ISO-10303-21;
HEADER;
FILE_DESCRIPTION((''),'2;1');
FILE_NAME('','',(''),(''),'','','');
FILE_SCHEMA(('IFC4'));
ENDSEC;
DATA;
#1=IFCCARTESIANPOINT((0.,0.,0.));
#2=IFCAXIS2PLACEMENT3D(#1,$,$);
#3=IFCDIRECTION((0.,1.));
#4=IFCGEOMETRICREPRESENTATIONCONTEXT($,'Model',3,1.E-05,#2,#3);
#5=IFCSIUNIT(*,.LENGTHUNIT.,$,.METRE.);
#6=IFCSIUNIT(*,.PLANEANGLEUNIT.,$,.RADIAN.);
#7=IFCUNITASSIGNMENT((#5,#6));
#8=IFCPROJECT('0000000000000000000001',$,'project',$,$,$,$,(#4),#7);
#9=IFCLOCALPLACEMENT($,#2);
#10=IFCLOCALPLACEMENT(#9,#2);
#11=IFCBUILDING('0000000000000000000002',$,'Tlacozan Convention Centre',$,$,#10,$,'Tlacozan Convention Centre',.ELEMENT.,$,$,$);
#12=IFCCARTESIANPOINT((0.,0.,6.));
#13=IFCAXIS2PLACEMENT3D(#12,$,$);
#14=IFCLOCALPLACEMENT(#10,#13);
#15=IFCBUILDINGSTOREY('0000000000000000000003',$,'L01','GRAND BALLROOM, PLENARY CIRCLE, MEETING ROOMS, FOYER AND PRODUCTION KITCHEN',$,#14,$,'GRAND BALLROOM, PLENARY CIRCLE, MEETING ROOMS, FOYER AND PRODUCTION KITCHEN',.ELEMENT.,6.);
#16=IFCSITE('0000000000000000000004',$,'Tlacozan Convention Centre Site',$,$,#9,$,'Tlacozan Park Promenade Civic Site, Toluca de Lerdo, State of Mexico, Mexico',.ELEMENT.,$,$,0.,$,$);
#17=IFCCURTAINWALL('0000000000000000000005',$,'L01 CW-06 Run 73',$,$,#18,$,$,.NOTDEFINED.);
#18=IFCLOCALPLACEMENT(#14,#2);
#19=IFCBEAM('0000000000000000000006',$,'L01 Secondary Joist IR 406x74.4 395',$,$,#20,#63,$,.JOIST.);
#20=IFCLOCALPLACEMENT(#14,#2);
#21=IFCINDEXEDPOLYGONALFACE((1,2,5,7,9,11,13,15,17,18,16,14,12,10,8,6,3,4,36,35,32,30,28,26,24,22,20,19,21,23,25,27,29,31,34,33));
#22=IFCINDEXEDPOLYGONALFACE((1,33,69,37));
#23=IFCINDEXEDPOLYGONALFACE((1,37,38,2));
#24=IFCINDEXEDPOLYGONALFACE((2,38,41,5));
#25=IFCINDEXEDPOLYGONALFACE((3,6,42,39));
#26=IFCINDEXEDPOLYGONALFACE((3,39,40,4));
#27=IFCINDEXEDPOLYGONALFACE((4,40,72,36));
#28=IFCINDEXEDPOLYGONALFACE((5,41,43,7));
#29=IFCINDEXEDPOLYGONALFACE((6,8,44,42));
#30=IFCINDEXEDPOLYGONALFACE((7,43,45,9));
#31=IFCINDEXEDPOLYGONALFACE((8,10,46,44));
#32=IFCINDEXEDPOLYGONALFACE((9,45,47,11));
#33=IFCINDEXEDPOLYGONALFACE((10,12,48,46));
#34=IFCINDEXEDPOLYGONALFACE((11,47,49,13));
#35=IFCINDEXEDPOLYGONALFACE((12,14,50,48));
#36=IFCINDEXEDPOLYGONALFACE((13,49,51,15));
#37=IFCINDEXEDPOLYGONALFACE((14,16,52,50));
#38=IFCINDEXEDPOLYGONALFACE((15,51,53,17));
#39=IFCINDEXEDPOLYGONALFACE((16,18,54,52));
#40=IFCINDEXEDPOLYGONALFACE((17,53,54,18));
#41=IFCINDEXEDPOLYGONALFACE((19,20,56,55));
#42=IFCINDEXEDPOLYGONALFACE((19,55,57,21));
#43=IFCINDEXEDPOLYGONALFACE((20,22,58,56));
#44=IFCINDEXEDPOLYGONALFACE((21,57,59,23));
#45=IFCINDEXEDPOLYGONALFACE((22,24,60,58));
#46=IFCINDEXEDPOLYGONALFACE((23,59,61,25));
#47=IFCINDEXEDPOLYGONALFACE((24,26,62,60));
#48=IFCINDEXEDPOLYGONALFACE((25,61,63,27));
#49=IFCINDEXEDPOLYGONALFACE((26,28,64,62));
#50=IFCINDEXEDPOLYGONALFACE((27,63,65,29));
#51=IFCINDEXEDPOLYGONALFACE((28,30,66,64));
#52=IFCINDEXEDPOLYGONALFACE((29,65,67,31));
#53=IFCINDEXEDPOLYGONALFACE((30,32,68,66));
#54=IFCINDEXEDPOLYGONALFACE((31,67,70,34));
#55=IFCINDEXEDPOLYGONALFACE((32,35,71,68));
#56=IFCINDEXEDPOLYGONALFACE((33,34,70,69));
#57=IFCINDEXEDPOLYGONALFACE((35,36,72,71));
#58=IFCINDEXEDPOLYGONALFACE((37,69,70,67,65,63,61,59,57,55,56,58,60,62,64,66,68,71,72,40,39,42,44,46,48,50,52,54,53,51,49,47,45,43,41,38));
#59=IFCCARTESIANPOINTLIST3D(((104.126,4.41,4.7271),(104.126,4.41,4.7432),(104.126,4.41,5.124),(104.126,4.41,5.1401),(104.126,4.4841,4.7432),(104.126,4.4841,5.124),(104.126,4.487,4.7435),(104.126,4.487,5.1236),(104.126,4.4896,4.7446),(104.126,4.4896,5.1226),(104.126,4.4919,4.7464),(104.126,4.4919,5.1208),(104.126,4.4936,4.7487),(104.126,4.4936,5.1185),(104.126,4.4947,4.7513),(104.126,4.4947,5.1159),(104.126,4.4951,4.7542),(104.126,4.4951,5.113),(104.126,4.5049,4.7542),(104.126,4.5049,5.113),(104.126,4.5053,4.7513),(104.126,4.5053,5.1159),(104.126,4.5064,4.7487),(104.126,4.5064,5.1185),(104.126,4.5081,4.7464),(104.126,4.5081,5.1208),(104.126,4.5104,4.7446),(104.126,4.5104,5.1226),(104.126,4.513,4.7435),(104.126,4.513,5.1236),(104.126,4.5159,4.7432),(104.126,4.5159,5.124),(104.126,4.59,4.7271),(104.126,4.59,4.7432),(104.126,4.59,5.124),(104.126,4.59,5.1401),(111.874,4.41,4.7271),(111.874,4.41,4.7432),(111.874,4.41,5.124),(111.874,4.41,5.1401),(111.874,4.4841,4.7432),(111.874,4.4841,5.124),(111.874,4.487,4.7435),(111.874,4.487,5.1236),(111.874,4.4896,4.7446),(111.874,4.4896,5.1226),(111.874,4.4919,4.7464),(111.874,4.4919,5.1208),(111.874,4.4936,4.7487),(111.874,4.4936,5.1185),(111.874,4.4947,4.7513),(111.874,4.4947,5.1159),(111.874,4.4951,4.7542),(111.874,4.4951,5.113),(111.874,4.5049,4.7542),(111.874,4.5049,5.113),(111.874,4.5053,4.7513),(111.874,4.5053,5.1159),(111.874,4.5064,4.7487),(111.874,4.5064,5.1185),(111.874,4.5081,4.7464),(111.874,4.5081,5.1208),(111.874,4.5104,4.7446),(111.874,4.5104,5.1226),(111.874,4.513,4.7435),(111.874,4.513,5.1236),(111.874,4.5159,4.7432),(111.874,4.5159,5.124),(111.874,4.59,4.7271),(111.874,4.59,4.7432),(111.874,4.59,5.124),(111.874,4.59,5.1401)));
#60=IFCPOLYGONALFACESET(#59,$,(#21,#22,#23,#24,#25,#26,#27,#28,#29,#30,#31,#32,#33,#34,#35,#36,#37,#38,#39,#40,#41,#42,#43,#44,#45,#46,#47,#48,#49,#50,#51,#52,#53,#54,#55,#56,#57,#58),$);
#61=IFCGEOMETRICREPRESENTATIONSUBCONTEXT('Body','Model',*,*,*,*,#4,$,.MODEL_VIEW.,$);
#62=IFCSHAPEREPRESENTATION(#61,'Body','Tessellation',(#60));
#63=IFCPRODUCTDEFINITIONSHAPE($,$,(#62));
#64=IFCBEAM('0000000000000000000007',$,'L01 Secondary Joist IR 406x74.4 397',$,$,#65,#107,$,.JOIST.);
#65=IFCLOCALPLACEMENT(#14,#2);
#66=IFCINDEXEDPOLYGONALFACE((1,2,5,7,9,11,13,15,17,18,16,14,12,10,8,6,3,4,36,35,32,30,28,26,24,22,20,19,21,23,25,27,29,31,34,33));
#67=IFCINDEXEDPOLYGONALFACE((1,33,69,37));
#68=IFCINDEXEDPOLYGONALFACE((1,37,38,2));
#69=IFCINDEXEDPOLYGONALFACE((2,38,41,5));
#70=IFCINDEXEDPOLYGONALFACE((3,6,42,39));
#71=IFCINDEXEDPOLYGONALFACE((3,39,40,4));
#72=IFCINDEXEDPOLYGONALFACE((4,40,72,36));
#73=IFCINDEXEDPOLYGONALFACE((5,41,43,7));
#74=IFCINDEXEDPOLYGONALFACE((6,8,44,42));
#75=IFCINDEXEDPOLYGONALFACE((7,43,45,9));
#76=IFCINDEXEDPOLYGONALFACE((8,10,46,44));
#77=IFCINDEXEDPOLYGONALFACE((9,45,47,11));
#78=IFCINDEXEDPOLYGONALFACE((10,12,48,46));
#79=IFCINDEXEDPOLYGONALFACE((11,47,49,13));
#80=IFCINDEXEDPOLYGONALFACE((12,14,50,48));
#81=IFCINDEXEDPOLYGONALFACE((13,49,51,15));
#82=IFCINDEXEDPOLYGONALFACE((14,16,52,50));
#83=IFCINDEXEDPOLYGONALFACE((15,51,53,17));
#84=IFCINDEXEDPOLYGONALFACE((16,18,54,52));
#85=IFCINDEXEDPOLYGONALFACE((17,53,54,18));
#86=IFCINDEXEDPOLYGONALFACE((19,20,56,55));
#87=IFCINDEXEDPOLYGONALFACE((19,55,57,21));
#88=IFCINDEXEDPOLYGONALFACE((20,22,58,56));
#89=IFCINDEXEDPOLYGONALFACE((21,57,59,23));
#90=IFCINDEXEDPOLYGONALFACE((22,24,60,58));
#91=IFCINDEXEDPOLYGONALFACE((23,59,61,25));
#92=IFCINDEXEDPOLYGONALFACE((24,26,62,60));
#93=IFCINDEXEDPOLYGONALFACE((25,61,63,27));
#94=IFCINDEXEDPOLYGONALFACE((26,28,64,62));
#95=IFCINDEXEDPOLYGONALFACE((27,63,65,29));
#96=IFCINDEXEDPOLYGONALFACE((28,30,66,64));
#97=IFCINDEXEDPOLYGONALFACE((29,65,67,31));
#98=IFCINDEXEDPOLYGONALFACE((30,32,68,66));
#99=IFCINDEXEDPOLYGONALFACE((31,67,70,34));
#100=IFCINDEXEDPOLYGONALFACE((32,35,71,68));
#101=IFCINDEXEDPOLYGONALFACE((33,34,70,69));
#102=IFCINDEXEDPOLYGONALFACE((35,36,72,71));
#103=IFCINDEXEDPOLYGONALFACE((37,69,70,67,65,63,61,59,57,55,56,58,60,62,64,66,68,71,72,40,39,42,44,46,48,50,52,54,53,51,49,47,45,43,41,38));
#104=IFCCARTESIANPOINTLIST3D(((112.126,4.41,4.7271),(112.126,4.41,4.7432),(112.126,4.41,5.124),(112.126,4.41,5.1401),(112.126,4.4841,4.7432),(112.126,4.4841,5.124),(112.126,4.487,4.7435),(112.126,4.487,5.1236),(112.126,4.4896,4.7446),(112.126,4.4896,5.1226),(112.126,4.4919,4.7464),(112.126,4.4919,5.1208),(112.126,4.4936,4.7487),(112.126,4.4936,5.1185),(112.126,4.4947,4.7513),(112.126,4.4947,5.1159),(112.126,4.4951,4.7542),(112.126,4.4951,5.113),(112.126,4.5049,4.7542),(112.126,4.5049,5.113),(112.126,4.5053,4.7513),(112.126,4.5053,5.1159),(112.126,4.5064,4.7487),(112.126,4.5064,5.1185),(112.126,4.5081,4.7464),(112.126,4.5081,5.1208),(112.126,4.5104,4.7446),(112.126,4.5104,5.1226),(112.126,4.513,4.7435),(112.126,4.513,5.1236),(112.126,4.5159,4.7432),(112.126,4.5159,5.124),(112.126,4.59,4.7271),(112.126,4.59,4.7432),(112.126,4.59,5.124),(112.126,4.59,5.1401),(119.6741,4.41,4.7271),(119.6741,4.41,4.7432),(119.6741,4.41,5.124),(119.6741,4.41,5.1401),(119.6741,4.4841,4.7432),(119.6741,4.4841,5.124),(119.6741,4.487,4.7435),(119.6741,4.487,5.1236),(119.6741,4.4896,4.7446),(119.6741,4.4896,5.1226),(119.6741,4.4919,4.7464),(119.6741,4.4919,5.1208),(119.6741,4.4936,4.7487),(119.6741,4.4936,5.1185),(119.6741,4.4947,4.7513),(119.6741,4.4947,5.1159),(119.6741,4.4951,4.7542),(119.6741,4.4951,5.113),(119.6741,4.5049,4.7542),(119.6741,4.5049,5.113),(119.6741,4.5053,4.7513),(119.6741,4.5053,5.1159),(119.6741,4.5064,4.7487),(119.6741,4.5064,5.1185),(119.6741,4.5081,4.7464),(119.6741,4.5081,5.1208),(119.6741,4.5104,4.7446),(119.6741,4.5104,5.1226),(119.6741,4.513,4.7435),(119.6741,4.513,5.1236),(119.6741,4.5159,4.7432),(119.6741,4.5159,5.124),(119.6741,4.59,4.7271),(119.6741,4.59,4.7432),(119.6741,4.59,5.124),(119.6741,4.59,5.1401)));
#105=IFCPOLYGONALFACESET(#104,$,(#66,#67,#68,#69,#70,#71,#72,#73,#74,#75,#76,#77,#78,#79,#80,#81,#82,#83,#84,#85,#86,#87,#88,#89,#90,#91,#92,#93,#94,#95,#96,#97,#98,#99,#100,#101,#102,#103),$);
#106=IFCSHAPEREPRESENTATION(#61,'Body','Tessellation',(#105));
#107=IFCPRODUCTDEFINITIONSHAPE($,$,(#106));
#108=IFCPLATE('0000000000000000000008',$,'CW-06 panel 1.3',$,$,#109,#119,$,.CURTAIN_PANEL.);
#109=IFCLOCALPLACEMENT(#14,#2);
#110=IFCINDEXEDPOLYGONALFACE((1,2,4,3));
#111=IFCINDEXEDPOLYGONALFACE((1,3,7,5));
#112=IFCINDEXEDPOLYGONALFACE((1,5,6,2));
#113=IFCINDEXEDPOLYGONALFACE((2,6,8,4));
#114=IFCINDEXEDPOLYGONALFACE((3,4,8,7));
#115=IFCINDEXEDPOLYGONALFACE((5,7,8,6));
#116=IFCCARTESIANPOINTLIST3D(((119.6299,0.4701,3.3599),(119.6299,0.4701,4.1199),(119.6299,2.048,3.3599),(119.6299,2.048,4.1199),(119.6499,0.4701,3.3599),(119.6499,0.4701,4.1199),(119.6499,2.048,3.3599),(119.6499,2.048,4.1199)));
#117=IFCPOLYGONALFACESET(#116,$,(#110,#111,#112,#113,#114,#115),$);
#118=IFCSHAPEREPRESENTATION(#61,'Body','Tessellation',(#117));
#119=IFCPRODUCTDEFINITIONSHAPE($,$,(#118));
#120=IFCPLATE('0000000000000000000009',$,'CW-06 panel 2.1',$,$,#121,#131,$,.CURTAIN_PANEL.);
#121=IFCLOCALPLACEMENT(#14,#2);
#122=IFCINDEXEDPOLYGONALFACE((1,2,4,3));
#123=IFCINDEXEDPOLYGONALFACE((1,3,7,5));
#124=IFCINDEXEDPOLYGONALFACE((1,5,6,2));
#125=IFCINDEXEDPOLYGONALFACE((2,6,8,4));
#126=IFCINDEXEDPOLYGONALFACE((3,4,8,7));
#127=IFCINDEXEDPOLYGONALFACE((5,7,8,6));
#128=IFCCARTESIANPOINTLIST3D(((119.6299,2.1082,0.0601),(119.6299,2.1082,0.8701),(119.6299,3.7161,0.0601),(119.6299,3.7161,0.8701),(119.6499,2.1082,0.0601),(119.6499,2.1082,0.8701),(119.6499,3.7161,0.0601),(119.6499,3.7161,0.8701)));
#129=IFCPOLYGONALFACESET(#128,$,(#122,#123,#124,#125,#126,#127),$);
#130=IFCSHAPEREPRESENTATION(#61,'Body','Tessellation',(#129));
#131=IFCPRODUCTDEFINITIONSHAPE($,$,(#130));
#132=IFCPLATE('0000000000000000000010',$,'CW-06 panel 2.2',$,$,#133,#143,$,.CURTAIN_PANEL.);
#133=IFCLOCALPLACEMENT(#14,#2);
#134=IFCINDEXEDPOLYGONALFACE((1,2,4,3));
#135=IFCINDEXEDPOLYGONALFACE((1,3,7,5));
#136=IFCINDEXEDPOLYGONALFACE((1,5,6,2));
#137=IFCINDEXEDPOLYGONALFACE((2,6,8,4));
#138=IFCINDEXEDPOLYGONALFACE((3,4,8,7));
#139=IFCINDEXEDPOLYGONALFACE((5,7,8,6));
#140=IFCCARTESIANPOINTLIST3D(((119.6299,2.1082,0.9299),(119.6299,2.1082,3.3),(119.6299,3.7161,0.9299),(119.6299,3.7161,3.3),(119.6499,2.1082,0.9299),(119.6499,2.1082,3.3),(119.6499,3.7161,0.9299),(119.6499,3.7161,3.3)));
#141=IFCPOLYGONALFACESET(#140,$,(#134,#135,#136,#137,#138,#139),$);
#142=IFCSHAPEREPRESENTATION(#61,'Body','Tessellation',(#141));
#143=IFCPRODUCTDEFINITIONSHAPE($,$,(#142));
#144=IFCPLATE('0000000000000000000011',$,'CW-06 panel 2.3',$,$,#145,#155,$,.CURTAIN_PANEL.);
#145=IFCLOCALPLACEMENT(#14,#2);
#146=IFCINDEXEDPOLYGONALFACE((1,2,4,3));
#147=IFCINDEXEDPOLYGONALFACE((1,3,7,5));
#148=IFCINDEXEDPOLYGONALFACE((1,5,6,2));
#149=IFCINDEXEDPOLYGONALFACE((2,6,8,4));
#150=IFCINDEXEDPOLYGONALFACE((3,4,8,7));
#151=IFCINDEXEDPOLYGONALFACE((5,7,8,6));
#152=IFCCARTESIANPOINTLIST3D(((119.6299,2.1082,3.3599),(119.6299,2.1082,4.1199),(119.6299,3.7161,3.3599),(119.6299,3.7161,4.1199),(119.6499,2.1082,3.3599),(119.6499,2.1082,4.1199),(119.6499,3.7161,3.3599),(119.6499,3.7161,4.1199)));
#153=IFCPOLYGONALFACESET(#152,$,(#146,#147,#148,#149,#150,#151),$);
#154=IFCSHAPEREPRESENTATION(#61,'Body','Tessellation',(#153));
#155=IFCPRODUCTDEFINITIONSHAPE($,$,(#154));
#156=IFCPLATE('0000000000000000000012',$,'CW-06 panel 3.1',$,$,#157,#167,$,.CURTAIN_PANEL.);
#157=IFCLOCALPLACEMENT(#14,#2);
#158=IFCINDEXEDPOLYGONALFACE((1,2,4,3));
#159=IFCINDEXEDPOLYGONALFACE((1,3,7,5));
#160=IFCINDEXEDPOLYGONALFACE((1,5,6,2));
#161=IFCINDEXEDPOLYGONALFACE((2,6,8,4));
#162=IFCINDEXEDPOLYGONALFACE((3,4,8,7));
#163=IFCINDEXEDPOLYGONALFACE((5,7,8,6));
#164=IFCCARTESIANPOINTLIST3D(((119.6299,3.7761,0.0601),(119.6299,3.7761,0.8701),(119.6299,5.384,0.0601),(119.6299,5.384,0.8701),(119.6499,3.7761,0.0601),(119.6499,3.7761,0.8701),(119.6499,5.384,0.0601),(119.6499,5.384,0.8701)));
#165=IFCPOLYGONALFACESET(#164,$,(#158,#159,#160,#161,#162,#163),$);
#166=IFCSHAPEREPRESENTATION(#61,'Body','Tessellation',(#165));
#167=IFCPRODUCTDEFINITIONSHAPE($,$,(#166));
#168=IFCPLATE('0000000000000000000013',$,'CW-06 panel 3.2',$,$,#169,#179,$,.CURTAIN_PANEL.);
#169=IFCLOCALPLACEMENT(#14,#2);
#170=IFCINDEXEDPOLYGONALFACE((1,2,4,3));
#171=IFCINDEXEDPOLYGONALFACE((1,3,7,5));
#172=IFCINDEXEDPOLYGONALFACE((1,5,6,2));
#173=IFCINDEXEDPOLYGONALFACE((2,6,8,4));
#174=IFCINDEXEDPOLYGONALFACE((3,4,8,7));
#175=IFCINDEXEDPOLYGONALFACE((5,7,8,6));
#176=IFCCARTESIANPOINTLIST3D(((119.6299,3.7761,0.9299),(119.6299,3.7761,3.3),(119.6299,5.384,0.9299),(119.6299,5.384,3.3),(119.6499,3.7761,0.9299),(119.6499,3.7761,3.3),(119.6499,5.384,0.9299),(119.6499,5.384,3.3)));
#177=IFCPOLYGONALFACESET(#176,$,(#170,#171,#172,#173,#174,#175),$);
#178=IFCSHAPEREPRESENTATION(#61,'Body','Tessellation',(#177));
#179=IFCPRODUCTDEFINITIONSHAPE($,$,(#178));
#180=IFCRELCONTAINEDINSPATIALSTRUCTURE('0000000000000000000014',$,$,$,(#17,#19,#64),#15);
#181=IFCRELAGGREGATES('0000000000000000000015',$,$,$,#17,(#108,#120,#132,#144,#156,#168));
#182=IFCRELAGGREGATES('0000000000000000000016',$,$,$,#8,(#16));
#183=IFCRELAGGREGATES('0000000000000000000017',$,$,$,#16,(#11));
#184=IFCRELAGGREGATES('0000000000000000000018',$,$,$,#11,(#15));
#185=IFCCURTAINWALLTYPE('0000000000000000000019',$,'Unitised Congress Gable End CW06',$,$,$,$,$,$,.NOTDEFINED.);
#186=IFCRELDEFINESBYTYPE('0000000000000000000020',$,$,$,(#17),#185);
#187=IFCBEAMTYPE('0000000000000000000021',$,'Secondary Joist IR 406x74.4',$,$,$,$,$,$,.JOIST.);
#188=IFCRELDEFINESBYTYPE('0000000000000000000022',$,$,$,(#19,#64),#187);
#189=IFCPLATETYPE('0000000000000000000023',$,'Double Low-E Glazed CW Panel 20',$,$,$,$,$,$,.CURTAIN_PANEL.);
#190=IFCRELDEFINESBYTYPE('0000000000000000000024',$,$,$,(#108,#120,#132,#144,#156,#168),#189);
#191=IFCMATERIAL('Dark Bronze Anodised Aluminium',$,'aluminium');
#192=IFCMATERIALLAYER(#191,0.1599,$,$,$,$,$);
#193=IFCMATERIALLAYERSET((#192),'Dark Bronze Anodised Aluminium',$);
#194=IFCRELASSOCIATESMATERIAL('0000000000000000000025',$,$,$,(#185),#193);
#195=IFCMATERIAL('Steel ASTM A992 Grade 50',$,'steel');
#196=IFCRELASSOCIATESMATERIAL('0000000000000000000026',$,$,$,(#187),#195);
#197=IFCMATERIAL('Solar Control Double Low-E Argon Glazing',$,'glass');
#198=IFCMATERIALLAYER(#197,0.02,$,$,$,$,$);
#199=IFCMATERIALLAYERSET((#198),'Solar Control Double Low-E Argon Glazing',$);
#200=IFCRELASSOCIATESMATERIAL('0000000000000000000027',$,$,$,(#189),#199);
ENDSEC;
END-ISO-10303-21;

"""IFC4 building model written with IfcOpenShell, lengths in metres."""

from ifc_helpers import new_model, si_unit, direction, frame, origin, origin_2d, place, context, subcontext, project, spatial, rectangle, i_section, extrude, material, layer, layer_set, material_profile, profile_set, type_object, element, aggregate, save


model = new_model("IFC4")

# Units and contexts
model_context = context("Model", 3, precision=1e-05, world=origin(), true_north=direction((0.0, 1.0)))
body_context = subcontext(model_context, "Body", "Model", "MODEL_VIEW")
ifc_project = project(units=[si_unit("LENGTHUNIT", "METRE"), si_unit("PLANEANGLEUNIT", "RADIAN")], contexts=[model_context])

# Site, building, storey
site_placement = place(None, origin())
site = spatial("IfcSite", under=ifc_project, at=site_placement, Name="Tlacozan Convention Centre Site", LongName="Tlacozan Park Promenade Civic Site, Toluca de Lerdo, State of Mexico, Mexico", CompositionType="ELEMENT", RefElevation=0.0)
building_placement = place(site_placement, origin())
building = spatial("IfcBuilding", under=site, at=building_placement, Name="Tlacozan Convention Centre", LongName="Tlacozan Convention Centre", CompositionType="ELEMENT")
storey_placement = place(building_placement, frame((0.0, 0.0, 6.0)))
storey = spatial("IfcBuildingStorey", under=building, at=storey_placement, Name="L01", Description="GRAND BALLROOM, PLENARY CIRCLE, MEETING ROOMS, FOYER AND PRODUCTION KITCHEN", LongName="GRAND BALLROOM, PLENARY CIRCLE, MEETING ROOMS, FOYER AND PRODUCTION KITCHEN", CompositionType="ELEMENT", Elevation=6.0)

# Shared definitions
ifc_material_1 = material(Name="Steel ASTM A992 Grade 50", Category="steel")

# Curtain wall
ifc_material_2 = material(Name="Dark Bronze Anodised Aluminium", Category="aluminium")
ifc_layer_1 = layer(ifc_material_2, 0.1599)
ifc_layer_set_1 = layer_set([ifc_layer_1], Name="Dark Bronze Anodised Aluminium")
curtain_wall_type = type_object("IfcCurtainWallType", Name="Unitised Congress Gable End CW06", PredefinedType="NOTDEFINED", material=ifc_layer_set_1)
curtain_wall_placement = place(storey_placement, origin())
curtain_wall = element("IfcCurtainWall", 1, at=curtain_wall_placement, inside=storey, type_object=curtain_wall_type, Name="L01 CW-06 Run 73", PredefinedType="NOTDEFINED")

# Beams
ifc_material_profile_1 = material_profile(ifc_material_1, i_section(OverallWidth=0.1799, OverallDepth=0.4131, WebThickness=0.0098, FlangeThickness=0.0161, FilletRadius=0.011, at=origin_2d()), Name="IR 406x74.4")
ifc_profile_set_1 = profile_set([ifc_material_profile_1], Name="Steel ASTM A992 Grade 50")
beam_type_1 = type_object("IfcBeamType", Name="Secondary Joist IR 406x74.4", PredefinedType="JOIST", material=ifc_profile_set_1)
beam_1_placement = place(storey_placement, frame((104.126, 4.5, 4.9336), z_axis=(1.0, 0.0, 0.0), x_axis=(0.0, 1.0, 0.0)))
element("IfcBeam", 2, at=beam_1_placement, inside=storey, type_object=beam_type_1, Name="L01 Secondary Joist IR 406x74.4 395", PredefinedType="JOIST", context=body_context, shape_type="SweptSolid", body=[
    extrude(i_section(OverallWidth=0.1799, OverallDepth=0.4131, WebThickness=0.0098, FlangeThickness=0.0161, FilletRadius=0.011, at=origin_2d()), origin(), (0.0, 0.0, 1.0), 7.748),
])
beam_2_placement = place(storey_placement, frame((112.126, 4.5, 4.9336), z_axis=(1.0, 0.0, 0.0), x_axis=(0.0, 1.0, 0.0)))
element("IfcBeam", 3, at=beam_2_placement, inside=storey, type_object=beam_type_1, Name="L01 Secondary Joist IR 406x74.4 397", PredefinedType="JOIST", context=body_context, shape_type="SweptSolid", body=[
    extrude(i_section(OverallWidth=0.1799, OverallDepth=0.4131, WebThickness=0.0098, FlangeThickness=0.0161, FilletRadius=0.011, at=origin_2d()), origin(), (0.0, 0.0, 1.0), 7.5481),
])

# Plates
ifc_material_3 = material(Name="Solar Control Double Low-E Argon Glazing", Category="glass")
ifc_layer_2 = layer(ifc_material_3, 0.02)
ifc_layer_set_2 = layer_set([ifc_layer_2], Name="Solar Control Double Low-E Argon Glazing")
plate_type = type_object("IfcPlateType", Name="Double Low-E Glazed CW Panel 20", PredefinedType="CURTAIN_PANEL", material=ifc_layer_set_2)
plate_1_placement = place(storey_placement, frame((119.6399, 1.259, 3.3599), z_axis=(0.0, 0.0, 1.0), x_axis=(0.0, 1.0, 0.0)))
plate_1 = element("IfcPlate", 4, at=plate_1_placement, type_object=plate_type, Name="CW-06 panel 1.3", PredefinedType="CURTAIN_PANEL", context=body_context, shape_type="SweptSolid", body=[
    extrude(rectangle(XDim=1.5779, YDim=0.02, at=origin_2d()), origin(), (0.0, 0.0, 1.0), 0.76),
])
plate_2_placement = place(storey_placement, frame((119.6399, 2.9121, 0.0601), z_axis=(0.0, 0.0, 1.0), x_axis=(0.0, 1.0, 0.0)))
plate_2 = element("IfcPlate", 5, at=plate_2_placement, type_object=plate_type, Name="CW-06 panel 2.1", PredefinedType="CURTAIN_PANEL", context=body_context, shape_type="SweptSolid", body=[
    extrude(rectangle(XDim=1.6079, YDim=0.02, at=origin_2d()), origin(), (0.0, 0.0, 1.0), 0.8101),
])
plate_3_placement = place(storey_placement, frame((119.6399, 2.9121, 0.9299), z_axis=(0.0, 0.0, 1.0), x_axis=(0.0, 1.0, 0.0)))
plate_3 = element("IfcPlate", 6, at=plate_3_placement, type_object=plate_type, Name="CW-06 panel 2.2", PredefinedType="CURTAIN_PANEL", context=body_context, shape_type="SweptSolid", body=[
    extrude(rectangle(XDim=1.6079, YDim=0.02, at=origin_2d()), origin(), (0.0, 0.0, 1.0), 2.3701),
])
plate_4_placement = place(storey_placement, frame((119.6399, 2.9121, 3.3599), z_axis=(0.0, 0.0, 1.0), x_axis=(0.0, 1.0, 0.0)))
plate_4 = element("IfcPlate", 7, at=plate_4_placement, type_object=plate_type, Name="CW-06 panel 2.3", PredefinedType="CURTAIN_PANEL", context=body_context, shape_type="SweptSolid", body=[
    extrude(rectangle(XDim=1.6079, YDim=0.02, at=origin_2d()), origin(), (0.0, 0.0, 1.0), 0.76),
])
plate_5_placement = place(storey_placement, frame((119.6399, 4.5801, 0.0601), z_axis=(0.0, 0.0, 1.0), x_axis=(0.0, 1.0, 0.0)))
plate_5 = element("IfcPlate", 8, at=plate_5_placement, type_object=plate_type, Name="CW-06 panel 3.1", PredefinedType="CURTAIN_PANEL", context=body_context, shape_type="SweptSolid", body=[
    extrude(rectangle(XDim=1.6079, YDim=0.02, at=origin_2d()), origin(), (0.0, 0.0, 1.0), 0.8101),
])
plate_6_placement = place(storey_placement, frame((119.6399, 4.5801, 0.9299), z_axis=(0.0, 0.0, 1.0), x_axis=(0.0, 1.0, 0.0)))
plate_6 = element("IfcPlate", 9, at=plate_6_placement, type_object=plate_type, Name="CW-06 panel 3.2", PredefinedType="CURTAIN_PANEL", context=body_context, shape_type="SweptSolid", body=[
    extrude(rectangle(XDim=1.6079, YDim=0.02, at=origin_2d()), origin(), (0.0, 0.0, 1.0), 2.3701),
])
aggregate(curtain_wall, [plate_1, plate_2, plate_3, plate_4, plate_5, plate_6])

save(model, "model.ifc")
